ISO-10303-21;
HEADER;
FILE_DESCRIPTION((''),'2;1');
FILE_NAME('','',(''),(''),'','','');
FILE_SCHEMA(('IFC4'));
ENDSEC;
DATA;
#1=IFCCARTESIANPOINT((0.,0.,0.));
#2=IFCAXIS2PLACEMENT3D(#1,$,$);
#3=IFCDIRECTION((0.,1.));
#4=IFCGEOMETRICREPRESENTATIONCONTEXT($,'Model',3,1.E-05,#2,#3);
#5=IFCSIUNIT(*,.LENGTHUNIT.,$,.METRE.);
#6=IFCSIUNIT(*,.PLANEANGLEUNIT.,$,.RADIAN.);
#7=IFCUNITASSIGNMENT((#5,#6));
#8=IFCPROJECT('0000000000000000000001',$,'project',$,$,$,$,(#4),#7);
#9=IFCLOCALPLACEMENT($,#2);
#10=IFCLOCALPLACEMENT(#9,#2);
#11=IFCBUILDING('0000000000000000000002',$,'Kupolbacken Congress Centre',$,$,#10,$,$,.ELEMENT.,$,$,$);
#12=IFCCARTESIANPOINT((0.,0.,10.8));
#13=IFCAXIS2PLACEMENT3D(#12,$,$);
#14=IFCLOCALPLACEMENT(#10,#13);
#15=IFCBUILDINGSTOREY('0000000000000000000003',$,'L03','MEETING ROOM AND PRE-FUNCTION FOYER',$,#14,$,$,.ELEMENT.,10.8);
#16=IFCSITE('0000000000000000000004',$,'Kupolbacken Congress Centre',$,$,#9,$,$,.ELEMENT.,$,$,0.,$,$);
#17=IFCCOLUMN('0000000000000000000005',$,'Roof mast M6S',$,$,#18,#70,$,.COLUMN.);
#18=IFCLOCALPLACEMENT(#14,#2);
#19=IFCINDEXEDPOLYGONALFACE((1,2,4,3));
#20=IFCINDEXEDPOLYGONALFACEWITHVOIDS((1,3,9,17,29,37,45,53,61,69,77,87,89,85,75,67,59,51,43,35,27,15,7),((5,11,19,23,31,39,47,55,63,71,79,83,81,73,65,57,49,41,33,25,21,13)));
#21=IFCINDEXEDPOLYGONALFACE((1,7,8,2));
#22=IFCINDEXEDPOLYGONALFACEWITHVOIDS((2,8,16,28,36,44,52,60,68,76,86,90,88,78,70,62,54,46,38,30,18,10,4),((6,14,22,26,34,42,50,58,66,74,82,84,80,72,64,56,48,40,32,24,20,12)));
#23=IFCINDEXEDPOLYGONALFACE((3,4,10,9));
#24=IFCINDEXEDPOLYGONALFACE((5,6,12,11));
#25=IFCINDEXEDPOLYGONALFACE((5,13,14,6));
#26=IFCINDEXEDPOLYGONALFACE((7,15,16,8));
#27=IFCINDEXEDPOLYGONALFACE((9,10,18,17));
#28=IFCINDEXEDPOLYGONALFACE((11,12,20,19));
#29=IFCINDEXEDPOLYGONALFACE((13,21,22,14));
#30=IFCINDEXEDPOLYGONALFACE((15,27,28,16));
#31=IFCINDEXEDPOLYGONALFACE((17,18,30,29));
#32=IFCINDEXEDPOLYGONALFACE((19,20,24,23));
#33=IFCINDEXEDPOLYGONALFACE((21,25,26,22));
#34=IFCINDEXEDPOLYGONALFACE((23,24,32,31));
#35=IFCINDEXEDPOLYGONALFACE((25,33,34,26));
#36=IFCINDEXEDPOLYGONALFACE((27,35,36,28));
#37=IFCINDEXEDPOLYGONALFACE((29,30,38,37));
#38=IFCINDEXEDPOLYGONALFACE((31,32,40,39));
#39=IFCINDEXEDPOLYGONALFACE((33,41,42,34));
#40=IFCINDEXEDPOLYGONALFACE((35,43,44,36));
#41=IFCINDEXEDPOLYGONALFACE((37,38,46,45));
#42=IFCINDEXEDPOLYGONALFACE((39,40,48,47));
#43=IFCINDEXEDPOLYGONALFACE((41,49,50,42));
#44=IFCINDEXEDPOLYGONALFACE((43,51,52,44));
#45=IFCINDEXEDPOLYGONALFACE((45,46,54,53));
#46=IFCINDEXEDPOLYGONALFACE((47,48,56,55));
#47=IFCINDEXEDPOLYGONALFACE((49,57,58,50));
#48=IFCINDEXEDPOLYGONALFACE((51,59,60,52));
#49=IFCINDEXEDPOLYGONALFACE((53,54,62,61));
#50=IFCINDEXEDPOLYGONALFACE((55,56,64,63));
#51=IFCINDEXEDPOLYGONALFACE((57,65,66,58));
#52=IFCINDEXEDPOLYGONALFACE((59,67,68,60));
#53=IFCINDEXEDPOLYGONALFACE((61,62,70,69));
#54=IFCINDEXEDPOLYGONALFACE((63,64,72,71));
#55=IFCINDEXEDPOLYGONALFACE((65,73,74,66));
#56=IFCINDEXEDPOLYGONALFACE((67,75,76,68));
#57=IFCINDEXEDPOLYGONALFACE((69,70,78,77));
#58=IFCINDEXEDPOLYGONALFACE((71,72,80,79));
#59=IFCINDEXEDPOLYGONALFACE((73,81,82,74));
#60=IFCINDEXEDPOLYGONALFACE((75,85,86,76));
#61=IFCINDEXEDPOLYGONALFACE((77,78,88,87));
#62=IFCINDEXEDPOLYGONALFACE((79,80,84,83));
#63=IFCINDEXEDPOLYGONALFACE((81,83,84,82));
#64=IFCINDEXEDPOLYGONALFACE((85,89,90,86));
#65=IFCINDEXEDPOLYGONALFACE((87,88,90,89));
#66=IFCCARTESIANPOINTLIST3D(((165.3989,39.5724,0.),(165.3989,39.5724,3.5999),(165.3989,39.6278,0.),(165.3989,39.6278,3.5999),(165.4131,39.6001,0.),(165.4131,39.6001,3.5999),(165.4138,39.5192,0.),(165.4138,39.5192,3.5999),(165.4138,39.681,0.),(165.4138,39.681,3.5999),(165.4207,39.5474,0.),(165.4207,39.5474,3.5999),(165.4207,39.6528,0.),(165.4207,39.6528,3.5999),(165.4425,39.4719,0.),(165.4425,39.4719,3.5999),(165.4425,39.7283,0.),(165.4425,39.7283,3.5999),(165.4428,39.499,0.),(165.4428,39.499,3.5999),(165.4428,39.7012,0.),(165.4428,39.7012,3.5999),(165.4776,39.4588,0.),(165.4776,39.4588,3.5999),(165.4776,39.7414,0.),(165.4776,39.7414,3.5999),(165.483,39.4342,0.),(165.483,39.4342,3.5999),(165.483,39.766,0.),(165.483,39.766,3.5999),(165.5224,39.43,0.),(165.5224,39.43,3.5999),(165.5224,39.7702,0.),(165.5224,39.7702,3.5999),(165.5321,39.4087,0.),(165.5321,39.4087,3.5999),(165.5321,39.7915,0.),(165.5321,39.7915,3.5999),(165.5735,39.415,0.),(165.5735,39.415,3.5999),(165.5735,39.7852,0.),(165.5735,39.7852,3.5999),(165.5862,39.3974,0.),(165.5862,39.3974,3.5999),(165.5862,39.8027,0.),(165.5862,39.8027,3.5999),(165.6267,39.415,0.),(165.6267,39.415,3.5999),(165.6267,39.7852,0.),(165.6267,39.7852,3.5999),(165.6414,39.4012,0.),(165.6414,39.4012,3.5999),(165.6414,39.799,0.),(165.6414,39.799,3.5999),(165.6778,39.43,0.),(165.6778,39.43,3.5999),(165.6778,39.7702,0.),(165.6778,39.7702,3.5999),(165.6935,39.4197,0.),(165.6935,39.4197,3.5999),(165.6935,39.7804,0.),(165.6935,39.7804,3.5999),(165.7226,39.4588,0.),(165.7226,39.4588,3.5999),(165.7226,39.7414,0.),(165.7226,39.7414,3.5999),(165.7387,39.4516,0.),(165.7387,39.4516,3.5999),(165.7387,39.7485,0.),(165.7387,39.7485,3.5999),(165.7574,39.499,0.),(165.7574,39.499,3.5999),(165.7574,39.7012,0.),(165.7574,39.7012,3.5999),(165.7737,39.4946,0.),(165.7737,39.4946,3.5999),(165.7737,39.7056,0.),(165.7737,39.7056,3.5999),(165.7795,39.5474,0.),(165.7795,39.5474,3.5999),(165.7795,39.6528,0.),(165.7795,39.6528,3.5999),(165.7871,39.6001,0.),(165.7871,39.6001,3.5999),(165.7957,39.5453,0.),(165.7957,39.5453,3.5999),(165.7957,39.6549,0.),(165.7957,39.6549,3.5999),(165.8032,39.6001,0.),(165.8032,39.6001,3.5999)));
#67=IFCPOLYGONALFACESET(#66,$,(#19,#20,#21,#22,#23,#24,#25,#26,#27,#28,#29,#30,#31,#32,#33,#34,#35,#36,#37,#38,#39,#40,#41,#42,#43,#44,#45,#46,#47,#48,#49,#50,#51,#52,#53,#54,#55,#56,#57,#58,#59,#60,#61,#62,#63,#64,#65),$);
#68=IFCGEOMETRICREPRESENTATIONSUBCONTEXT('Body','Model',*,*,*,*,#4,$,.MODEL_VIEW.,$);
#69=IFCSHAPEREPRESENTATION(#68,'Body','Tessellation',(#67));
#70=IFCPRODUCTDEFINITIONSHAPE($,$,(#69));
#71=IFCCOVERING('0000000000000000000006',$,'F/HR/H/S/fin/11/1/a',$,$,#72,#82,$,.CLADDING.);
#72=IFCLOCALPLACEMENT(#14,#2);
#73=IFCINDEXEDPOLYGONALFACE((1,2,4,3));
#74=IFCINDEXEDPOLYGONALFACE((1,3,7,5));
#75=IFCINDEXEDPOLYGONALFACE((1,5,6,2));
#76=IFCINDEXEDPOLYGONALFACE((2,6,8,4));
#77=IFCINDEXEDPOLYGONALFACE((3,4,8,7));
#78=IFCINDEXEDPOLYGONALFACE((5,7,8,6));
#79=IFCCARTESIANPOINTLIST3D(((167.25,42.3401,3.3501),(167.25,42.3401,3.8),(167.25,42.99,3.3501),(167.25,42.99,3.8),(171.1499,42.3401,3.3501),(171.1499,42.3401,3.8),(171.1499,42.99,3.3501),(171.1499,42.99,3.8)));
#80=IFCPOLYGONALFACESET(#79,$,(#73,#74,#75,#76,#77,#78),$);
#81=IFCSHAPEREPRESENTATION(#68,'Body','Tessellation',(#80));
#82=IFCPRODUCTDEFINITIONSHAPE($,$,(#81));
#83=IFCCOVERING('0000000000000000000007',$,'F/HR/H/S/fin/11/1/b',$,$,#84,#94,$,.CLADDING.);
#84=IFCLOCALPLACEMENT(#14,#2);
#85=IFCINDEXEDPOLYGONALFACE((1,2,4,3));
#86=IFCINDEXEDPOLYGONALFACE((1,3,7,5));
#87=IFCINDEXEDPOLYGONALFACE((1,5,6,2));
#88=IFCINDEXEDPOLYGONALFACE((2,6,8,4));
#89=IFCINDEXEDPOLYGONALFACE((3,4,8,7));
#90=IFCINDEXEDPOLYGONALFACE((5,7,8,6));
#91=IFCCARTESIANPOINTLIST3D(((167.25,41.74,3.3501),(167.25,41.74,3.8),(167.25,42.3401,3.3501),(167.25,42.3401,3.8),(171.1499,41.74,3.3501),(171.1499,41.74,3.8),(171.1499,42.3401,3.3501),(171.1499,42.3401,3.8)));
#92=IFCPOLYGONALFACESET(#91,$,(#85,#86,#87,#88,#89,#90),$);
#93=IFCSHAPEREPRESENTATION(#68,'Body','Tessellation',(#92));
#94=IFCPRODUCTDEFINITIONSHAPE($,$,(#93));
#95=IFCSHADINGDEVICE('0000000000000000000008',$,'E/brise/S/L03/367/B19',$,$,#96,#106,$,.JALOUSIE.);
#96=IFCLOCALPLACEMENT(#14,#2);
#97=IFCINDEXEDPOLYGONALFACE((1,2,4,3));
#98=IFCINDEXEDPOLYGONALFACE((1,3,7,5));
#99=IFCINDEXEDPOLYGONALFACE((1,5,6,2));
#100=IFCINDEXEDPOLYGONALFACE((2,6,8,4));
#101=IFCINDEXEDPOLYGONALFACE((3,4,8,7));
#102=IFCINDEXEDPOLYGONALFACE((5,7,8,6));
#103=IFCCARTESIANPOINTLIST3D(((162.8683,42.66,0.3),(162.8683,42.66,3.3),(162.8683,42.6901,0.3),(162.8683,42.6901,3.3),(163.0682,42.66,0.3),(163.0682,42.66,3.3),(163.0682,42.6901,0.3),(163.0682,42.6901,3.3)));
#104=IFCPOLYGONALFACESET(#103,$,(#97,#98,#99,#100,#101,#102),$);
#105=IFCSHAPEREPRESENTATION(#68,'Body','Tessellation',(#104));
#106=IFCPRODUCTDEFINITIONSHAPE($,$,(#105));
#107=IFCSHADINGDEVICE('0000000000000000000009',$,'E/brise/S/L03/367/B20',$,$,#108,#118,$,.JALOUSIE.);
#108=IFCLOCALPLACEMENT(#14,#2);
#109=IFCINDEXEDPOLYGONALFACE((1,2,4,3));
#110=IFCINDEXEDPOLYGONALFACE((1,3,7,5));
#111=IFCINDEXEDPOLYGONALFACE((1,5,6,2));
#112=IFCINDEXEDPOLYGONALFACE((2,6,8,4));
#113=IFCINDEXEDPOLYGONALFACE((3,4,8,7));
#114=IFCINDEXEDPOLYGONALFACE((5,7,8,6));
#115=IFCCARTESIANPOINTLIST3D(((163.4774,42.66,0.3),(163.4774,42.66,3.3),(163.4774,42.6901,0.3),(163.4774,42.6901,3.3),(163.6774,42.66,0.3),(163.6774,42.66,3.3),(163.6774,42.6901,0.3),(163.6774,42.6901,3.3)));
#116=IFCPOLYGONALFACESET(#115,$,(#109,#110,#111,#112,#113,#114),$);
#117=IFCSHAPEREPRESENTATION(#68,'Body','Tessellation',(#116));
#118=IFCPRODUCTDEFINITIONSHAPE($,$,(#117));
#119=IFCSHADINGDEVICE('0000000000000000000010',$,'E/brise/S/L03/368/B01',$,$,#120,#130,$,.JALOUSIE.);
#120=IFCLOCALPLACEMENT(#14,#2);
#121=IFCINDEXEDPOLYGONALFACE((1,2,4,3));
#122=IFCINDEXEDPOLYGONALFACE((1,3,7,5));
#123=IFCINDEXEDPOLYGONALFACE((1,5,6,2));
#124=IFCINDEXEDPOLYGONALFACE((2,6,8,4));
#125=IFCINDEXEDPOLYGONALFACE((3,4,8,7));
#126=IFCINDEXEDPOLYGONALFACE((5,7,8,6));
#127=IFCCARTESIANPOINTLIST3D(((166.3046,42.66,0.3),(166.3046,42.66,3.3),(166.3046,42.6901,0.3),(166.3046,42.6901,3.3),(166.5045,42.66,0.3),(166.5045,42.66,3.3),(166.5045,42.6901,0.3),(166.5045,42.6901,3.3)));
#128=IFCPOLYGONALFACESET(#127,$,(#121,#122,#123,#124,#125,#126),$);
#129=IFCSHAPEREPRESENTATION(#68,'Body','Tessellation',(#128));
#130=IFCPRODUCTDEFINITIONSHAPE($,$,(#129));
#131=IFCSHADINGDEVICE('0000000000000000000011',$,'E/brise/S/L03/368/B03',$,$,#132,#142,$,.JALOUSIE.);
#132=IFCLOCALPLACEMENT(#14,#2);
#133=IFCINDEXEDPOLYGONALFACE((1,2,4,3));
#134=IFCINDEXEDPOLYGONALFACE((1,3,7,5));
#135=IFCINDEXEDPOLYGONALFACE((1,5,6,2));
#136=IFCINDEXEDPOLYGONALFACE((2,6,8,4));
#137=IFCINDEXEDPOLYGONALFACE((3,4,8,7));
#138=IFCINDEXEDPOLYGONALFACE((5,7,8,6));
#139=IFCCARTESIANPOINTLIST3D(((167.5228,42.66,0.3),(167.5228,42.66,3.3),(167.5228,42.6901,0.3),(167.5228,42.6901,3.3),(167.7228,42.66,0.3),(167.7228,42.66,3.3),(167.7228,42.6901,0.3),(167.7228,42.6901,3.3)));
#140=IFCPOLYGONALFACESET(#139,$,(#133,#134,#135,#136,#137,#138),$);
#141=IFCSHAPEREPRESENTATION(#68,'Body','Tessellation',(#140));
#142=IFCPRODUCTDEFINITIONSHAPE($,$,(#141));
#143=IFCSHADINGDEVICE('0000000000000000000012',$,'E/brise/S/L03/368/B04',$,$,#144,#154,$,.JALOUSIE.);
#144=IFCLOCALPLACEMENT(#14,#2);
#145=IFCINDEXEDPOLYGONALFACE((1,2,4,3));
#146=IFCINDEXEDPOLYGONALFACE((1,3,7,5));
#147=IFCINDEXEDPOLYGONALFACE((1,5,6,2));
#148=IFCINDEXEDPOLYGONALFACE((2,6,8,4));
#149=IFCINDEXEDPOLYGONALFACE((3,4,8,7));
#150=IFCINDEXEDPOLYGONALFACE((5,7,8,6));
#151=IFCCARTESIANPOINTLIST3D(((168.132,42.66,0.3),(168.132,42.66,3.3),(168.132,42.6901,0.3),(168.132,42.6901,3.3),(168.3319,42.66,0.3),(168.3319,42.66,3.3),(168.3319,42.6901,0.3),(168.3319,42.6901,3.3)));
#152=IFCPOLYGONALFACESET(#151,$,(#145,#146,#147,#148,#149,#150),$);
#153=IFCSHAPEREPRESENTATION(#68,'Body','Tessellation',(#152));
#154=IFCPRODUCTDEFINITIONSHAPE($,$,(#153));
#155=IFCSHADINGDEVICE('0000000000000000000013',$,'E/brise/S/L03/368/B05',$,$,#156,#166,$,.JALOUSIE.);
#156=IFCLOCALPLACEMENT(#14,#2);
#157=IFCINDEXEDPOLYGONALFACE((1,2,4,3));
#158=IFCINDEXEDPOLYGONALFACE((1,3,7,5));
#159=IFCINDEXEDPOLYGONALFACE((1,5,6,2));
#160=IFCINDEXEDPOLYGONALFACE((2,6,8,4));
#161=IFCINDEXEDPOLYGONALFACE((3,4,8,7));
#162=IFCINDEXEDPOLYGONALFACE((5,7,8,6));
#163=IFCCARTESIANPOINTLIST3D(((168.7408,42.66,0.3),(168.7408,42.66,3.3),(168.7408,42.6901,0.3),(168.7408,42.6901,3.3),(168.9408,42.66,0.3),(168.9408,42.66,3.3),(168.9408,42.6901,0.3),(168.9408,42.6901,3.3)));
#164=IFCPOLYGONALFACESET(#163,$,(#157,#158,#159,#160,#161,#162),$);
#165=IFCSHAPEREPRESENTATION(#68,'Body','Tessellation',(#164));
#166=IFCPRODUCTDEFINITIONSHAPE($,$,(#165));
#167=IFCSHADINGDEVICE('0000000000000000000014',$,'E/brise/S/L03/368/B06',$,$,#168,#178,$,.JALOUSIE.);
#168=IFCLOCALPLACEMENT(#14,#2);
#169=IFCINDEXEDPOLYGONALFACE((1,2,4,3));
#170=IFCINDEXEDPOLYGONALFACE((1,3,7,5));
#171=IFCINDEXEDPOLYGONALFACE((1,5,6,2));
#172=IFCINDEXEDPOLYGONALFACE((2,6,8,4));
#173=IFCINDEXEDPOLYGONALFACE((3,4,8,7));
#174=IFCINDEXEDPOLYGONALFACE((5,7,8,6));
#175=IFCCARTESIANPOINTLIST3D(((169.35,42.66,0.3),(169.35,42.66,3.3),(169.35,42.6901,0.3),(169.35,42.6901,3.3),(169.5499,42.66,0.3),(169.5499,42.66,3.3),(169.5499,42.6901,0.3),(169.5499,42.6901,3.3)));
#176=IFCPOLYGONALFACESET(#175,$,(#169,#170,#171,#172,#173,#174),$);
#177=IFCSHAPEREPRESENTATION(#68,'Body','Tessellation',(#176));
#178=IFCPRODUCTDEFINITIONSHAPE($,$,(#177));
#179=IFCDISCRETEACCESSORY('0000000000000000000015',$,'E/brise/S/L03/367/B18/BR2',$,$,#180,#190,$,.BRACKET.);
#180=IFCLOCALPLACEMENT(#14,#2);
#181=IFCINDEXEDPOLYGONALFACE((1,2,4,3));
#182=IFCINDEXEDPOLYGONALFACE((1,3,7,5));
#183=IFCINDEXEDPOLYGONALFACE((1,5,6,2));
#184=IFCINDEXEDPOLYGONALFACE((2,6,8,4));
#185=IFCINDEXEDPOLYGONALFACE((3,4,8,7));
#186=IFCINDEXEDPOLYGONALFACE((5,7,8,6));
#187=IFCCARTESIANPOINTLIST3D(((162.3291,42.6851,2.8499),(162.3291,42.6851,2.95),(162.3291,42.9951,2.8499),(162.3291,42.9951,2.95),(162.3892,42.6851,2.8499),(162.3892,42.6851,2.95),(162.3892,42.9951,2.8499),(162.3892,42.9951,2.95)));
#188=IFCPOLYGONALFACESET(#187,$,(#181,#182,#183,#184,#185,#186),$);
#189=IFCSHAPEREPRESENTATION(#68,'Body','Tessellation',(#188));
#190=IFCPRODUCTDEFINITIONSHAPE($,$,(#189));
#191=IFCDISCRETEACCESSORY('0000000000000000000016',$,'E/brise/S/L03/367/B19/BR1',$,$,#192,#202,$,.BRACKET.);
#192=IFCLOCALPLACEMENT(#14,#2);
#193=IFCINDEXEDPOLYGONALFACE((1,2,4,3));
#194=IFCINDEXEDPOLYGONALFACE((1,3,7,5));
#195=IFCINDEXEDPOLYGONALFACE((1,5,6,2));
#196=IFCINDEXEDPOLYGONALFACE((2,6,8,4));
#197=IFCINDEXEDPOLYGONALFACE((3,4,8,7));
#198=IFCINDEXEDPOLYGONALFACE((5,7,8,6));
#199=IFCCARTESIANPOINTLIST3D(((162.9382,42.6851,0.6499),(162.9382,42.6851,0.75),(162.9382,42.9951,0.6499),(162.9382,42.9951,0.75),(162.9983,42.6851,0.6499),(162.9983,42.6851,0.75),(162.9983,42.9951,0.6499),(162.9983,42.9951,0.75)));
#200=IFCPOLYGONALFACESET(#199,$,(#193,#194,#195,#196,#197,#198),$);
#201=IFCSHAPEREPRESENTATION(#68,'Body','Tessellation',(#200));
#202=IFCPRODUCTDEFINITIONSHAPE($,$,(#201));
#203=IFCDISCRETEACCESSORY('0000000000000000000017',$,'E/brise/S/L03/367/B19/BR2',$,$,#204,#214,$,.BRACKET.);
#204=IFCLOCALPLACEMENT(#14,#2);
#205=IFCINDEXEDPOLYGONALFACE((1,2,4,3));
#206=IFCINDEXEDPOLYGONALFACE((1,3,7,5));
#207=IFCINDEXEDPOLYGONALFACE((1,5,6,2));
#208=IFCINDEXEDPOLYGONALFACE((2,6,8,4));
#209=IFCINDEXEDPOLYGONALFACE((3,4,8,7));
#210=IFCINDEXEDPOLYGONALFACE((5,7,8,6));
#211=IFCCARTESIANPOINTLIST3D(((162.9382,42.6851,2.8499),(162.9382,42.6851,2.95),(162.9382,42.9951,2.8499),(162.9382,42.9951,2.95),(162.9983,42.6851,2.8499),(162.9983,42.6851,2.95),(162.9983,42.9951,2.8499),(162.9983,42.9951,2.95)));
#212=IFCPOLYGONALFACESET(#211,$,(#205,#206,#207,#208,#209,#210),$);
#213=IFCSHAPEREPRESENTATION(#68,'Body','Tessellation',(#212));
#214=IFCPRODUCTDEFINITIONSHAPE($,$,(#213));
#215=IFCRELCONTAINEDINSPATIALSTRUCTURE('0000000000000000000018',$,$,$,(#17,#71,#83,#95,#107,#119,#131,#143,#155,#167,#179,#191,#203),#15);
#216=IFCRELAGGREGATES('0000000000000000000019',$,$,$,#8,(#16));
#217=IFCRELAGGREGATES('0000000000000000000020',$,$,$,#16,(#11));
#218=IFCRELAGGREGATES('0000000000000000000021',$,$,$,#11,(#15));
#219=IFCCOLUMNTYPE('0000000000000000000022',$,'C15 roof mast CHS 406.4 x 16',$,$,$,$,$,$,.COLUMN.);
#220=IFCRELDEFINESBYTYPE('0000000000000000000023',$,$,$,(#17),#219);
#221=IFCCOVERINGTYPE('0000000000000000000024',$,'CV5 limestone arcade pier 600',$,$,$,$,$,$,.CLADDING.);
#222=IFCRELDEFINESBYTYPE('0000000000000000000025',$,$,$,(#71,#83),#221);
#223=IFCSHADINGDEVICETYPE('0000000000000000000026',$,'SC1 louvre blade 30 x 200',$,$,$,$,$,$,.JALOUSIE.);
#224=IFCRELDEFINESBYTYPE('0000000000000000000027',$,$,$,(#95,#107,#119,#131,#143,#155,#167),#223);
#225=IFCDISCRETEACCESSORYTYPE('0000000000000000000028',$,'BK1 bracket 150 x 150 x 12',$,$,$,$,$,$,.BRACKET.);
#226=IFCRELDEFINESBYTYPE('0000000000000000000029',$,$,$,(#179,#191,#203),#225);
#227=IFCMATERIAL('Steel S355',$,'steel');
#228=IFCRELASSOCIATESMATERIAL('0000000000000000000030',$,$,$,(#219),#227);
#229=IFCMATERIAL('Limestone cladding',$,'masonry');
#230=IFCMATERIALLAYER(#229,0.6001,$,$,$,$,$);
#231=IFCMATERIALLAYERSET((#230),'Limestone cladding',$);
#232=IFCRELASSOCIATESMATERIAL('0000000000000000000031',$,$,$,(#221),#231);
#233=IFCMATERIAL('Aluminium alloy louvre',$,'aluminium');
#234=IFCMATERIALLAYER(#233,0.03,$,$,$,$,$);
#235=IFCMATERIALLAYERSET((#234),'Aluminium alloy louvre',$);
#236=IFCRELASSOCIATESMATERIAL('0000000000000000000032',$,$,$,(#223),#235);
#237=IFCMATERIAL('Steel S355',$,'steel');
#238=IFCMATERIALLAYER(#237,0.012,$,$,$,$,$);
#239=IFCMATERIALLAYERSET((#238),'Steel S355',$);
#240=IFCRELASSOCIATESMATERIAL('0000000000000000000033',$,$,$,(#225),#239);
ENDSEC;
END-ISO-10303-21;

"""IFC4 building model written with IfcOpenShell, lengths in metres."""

from ifc_helpers import new_model, si_unit, direction, frame, origin, origin_2d, place, context, subcontext, project, spatial, rectangle, hollow_circle, extrude, material, layer, layer_set, material_profile, profile_set, type_object, element, save


model = new_model("IFC4")

# Units and contexts
model_context = context("Model", 3, precision=1e-05, world=origin(), true_north=direction((0.0, 1.0)))
body_context = subcontext(model_context, "Body", "Model", "MODEL_VIEW")
ifc_project = project(units=[si_unit("LENGTHUNIT", "METRE"), si_unit("PLANEANGLEUNIT", "RADIAN")], contexts=[model_context])

# Site, building, storey
site_placement = place(None, origin())
site = spatial("IfcSite", under=ifc_project, at=site_placement, Name="Kupolbacken Congress Centre", CompositionType="ELEMENT", RefElevation=0.0)
building_placement = place(site_placement, origin())
building = spatial("IfcBuilding", under=site, at=building_placement, Name="Kupolbacken Congress Centre", CompositionType="ELEMENT")
storey_placement = place(building_placement, frame((0.0, 0.0, 10.8)))
storey = spatial("IfcBuildingStorey", under=building, at=storey_placement, Name="L03", Description="MEETING ROOM AND PRE-FUNCTION FOYER", CompositionType="ELEMENT", Elevation=10.8)

# Column
ifc_material_1 = material(Name="Steel S355", Category="steel")
ifc_material_profile = material_profile(ifc_material_1, hollow_circle(Radius=0.2031, WallThickness=0.0161, at=origin_2d()), Name="CHS 406.4 x 16")
ifc_profile_set = profile_set([ifc_material_profile], Name="Steel S355")
column_type = type_object("IfcColumnType", Name="C15 roof mast CHS 406.4 x 16", PredefinedType="COLUMN", material=ifc_profile_set)
column_placement = place(storey_placement, frame((165.6001, 39.6001, 0.0), z_axis=(0.0, 0.0, 1.0), x_axis=(1.0, 0.0, 0.0)))
element("IfcColumn", 1, at=column_placement, inside=storey, type_object=column_type, Name="Roof mast M6S", PredefinedType="COLUMN", context=body_context, shape_type="SweptSolid", body=[
    extrude(hollow_circle(Radius=0.2031, WallThickness=0.0161, at=origin_2d()), origin(), (0.0, 0.0, 1.0), 3.5999),
])

# Coverings
ifc_material_2 = material(Name="Limestone cladding", Category="masonry")
ifc_layer_1 = layer(ifc_material_2, 0.6001)
ifc_layer_set_1 = layer_set([ifc_layer_1], Name="Limestone cladding")
covering_type = type_object("IfcCoveringType", Name="CV5 limestone arcade pier 600", PredefinedType="CLADDING", material=ifc_layer_set_1)
covering_1_placement = place(storey_placement, frame((169.2, 42.665, 3.3501), z_axis=(0.0, 0.0, 1.0), x_axis=(1.0, 0.0, 0.0)))
element("IfcCovering", 2, at=covering_1_placement, inside=storey, type_object=covering_type, Name="F/HR/H/S/fin/11/1/a", PredefinedType="CLADDING", context=body_context, shape_type="SweptSolid", body=[
    extrude(rectangle(XDim=3.8999, YDim=0.6499, at=origin_2d()), origin(), (0.0, 0.0, 1.0), 0.45),
])
covering_2_placement = place(storey_placement, frame((169.2, 42.04, 3.3501), z_axis=(0.0, 0.0, 1.0), x_axis=(1.0, 0.0, 0.0)))
element("IfcCovering", 3, at=covering_2_placement, inside=storey, type_object=covering_type, Name="F/HR/H/S/fin/11/1/b", PredefinedType="CLADDING", context=body_context, shape_type="SweptSolid", body=[
    extrude(rectangle(XDim=3.8999, YDim=0.6001, at=origin_2d()), origin(), (0.0, 0.0, 1.0), 0.45),
])

# Shading devices
ifc_material_3 = material(Name="Aluminium alloy louvre", Category="aluminium")
ifc_layer_2 = layer(ifc_material_3, 0.03)
ifc_layer_set_2 = layer_set([ifc_layer_2], Name="Aluminium alloy louvre")
shading_device_type = type_object("IfcShadingDeviceType", Name="SC1 louvre blade 30 x 200", PredefinedType="JALOUSIE", material=ifc_layer_set_2)
for number, where, z_axis, x_axis, name in (
    (4, (162.9683, 42.675, 0.3), (0.0, 0.0, 1.0), (1.0, 0.0, 0.0), "E/brise/S/L03/367/B19"),
    (5, (163.5774, 42.675, 0.3), (0.0, 0.0, 1.0), (1.0, 0.0, 0.0), "E/brise/S/L03/367/B20"),
    (6, (166.4045, 42.675, 0.3), (0.0, 0.0, 1.0), (1.0, 0.0, 0.0), "E/brise/S/L03/368/B01"),
    (7, (167.6228, 42.675, 0.3), (0.0, 0.0, 1.0), (1.0, 0.0, 0.0), "E/brise/S/L03/368/B03"),
    (8, (168.2319, 42.675, 0.3), (0.0, 0.0, 1.0), (1.0, 0.0, 0.0), "E/brise/S/L03/368/B04"),
    (9, (168.8408, 42.675, 0.3), (0.0, 0.0, 1.0), (1.0, 0.0, 0.0), "E/brise/S/L03/368/B05"),
    (10, (169.45, 42.675, 0.3), (0.0, 0.0, 1.0), (1.0, 0.0, 0.0), "E/brise/S/L03/368/B06"),
):
    element("IfcShadingDevice", number, at=place(storey_placement, frame(where, z_axis=z_axis, x_axis=x_axis)), inside=storey, type_object=shading_device_type, Name=name, PredefinedType="JALOUSIE", context=body_context, shape_type="SweptSolid", body=[
        extrude(rectangle(XDim=0.2, YDim=0.03, at=origin_2d()), origin(), (0.0, 0.0, 1.0), 3.0),
    ])

# Discrete accessories
ifc_material_4 = material(Name="Steel S355", Category="steel")
ifc_layer_3 = layer(ifc_material_4, 0.012)
ifc_layer_set_3 = layer_set([ifc_layer_3], Name="Steel S355")
discrete_accessory_type = type_object("IfcDiscreteAccessoryType", Name="BK1 bracket 150 x 150 x 12", PredefinedType="BRACKET", material=ifc_layer_set_3)
for number, where, z_axis, x_axis, name in (
    (11, (162.3591, 42.8401, 2.8499), (0.0, 0.0, 1.0), (1.0, 0.0, 0.0), "E/brise/S/L03/367/B18/BR2"),
    (12, (162.9683, 42.8401, 0.6499), (0.0, 0.0, 1.0), (1.0, 0.0, 0.0), "E/brise/S/L03/367/B19/BR1"),
    (13, (162.9683, 42.8401, 2.8499), (0.0, 0.0, 1.0), (1.0, 0.0, 0.0), "E/brise/S/L03/367/B19/BR2"),
):
    element("IfcDiscreteAccessory", number, at=place(storey_placement, frame(where, z_axis=z_axis, x_axis=x_axis)), inside=storey, type_object=discrete_accessory_type, Name=name, PredefinedType="BRACKET", context=body_context, shape_type="SweptSolid", body=[
        extrude(rectangle(XDim=0.0601, YDim=0.3101, at=origin_2d()), origin(), (0.0, 0.0, 1.0), 0.1001),
    ])

save(model, "model.ifc")
